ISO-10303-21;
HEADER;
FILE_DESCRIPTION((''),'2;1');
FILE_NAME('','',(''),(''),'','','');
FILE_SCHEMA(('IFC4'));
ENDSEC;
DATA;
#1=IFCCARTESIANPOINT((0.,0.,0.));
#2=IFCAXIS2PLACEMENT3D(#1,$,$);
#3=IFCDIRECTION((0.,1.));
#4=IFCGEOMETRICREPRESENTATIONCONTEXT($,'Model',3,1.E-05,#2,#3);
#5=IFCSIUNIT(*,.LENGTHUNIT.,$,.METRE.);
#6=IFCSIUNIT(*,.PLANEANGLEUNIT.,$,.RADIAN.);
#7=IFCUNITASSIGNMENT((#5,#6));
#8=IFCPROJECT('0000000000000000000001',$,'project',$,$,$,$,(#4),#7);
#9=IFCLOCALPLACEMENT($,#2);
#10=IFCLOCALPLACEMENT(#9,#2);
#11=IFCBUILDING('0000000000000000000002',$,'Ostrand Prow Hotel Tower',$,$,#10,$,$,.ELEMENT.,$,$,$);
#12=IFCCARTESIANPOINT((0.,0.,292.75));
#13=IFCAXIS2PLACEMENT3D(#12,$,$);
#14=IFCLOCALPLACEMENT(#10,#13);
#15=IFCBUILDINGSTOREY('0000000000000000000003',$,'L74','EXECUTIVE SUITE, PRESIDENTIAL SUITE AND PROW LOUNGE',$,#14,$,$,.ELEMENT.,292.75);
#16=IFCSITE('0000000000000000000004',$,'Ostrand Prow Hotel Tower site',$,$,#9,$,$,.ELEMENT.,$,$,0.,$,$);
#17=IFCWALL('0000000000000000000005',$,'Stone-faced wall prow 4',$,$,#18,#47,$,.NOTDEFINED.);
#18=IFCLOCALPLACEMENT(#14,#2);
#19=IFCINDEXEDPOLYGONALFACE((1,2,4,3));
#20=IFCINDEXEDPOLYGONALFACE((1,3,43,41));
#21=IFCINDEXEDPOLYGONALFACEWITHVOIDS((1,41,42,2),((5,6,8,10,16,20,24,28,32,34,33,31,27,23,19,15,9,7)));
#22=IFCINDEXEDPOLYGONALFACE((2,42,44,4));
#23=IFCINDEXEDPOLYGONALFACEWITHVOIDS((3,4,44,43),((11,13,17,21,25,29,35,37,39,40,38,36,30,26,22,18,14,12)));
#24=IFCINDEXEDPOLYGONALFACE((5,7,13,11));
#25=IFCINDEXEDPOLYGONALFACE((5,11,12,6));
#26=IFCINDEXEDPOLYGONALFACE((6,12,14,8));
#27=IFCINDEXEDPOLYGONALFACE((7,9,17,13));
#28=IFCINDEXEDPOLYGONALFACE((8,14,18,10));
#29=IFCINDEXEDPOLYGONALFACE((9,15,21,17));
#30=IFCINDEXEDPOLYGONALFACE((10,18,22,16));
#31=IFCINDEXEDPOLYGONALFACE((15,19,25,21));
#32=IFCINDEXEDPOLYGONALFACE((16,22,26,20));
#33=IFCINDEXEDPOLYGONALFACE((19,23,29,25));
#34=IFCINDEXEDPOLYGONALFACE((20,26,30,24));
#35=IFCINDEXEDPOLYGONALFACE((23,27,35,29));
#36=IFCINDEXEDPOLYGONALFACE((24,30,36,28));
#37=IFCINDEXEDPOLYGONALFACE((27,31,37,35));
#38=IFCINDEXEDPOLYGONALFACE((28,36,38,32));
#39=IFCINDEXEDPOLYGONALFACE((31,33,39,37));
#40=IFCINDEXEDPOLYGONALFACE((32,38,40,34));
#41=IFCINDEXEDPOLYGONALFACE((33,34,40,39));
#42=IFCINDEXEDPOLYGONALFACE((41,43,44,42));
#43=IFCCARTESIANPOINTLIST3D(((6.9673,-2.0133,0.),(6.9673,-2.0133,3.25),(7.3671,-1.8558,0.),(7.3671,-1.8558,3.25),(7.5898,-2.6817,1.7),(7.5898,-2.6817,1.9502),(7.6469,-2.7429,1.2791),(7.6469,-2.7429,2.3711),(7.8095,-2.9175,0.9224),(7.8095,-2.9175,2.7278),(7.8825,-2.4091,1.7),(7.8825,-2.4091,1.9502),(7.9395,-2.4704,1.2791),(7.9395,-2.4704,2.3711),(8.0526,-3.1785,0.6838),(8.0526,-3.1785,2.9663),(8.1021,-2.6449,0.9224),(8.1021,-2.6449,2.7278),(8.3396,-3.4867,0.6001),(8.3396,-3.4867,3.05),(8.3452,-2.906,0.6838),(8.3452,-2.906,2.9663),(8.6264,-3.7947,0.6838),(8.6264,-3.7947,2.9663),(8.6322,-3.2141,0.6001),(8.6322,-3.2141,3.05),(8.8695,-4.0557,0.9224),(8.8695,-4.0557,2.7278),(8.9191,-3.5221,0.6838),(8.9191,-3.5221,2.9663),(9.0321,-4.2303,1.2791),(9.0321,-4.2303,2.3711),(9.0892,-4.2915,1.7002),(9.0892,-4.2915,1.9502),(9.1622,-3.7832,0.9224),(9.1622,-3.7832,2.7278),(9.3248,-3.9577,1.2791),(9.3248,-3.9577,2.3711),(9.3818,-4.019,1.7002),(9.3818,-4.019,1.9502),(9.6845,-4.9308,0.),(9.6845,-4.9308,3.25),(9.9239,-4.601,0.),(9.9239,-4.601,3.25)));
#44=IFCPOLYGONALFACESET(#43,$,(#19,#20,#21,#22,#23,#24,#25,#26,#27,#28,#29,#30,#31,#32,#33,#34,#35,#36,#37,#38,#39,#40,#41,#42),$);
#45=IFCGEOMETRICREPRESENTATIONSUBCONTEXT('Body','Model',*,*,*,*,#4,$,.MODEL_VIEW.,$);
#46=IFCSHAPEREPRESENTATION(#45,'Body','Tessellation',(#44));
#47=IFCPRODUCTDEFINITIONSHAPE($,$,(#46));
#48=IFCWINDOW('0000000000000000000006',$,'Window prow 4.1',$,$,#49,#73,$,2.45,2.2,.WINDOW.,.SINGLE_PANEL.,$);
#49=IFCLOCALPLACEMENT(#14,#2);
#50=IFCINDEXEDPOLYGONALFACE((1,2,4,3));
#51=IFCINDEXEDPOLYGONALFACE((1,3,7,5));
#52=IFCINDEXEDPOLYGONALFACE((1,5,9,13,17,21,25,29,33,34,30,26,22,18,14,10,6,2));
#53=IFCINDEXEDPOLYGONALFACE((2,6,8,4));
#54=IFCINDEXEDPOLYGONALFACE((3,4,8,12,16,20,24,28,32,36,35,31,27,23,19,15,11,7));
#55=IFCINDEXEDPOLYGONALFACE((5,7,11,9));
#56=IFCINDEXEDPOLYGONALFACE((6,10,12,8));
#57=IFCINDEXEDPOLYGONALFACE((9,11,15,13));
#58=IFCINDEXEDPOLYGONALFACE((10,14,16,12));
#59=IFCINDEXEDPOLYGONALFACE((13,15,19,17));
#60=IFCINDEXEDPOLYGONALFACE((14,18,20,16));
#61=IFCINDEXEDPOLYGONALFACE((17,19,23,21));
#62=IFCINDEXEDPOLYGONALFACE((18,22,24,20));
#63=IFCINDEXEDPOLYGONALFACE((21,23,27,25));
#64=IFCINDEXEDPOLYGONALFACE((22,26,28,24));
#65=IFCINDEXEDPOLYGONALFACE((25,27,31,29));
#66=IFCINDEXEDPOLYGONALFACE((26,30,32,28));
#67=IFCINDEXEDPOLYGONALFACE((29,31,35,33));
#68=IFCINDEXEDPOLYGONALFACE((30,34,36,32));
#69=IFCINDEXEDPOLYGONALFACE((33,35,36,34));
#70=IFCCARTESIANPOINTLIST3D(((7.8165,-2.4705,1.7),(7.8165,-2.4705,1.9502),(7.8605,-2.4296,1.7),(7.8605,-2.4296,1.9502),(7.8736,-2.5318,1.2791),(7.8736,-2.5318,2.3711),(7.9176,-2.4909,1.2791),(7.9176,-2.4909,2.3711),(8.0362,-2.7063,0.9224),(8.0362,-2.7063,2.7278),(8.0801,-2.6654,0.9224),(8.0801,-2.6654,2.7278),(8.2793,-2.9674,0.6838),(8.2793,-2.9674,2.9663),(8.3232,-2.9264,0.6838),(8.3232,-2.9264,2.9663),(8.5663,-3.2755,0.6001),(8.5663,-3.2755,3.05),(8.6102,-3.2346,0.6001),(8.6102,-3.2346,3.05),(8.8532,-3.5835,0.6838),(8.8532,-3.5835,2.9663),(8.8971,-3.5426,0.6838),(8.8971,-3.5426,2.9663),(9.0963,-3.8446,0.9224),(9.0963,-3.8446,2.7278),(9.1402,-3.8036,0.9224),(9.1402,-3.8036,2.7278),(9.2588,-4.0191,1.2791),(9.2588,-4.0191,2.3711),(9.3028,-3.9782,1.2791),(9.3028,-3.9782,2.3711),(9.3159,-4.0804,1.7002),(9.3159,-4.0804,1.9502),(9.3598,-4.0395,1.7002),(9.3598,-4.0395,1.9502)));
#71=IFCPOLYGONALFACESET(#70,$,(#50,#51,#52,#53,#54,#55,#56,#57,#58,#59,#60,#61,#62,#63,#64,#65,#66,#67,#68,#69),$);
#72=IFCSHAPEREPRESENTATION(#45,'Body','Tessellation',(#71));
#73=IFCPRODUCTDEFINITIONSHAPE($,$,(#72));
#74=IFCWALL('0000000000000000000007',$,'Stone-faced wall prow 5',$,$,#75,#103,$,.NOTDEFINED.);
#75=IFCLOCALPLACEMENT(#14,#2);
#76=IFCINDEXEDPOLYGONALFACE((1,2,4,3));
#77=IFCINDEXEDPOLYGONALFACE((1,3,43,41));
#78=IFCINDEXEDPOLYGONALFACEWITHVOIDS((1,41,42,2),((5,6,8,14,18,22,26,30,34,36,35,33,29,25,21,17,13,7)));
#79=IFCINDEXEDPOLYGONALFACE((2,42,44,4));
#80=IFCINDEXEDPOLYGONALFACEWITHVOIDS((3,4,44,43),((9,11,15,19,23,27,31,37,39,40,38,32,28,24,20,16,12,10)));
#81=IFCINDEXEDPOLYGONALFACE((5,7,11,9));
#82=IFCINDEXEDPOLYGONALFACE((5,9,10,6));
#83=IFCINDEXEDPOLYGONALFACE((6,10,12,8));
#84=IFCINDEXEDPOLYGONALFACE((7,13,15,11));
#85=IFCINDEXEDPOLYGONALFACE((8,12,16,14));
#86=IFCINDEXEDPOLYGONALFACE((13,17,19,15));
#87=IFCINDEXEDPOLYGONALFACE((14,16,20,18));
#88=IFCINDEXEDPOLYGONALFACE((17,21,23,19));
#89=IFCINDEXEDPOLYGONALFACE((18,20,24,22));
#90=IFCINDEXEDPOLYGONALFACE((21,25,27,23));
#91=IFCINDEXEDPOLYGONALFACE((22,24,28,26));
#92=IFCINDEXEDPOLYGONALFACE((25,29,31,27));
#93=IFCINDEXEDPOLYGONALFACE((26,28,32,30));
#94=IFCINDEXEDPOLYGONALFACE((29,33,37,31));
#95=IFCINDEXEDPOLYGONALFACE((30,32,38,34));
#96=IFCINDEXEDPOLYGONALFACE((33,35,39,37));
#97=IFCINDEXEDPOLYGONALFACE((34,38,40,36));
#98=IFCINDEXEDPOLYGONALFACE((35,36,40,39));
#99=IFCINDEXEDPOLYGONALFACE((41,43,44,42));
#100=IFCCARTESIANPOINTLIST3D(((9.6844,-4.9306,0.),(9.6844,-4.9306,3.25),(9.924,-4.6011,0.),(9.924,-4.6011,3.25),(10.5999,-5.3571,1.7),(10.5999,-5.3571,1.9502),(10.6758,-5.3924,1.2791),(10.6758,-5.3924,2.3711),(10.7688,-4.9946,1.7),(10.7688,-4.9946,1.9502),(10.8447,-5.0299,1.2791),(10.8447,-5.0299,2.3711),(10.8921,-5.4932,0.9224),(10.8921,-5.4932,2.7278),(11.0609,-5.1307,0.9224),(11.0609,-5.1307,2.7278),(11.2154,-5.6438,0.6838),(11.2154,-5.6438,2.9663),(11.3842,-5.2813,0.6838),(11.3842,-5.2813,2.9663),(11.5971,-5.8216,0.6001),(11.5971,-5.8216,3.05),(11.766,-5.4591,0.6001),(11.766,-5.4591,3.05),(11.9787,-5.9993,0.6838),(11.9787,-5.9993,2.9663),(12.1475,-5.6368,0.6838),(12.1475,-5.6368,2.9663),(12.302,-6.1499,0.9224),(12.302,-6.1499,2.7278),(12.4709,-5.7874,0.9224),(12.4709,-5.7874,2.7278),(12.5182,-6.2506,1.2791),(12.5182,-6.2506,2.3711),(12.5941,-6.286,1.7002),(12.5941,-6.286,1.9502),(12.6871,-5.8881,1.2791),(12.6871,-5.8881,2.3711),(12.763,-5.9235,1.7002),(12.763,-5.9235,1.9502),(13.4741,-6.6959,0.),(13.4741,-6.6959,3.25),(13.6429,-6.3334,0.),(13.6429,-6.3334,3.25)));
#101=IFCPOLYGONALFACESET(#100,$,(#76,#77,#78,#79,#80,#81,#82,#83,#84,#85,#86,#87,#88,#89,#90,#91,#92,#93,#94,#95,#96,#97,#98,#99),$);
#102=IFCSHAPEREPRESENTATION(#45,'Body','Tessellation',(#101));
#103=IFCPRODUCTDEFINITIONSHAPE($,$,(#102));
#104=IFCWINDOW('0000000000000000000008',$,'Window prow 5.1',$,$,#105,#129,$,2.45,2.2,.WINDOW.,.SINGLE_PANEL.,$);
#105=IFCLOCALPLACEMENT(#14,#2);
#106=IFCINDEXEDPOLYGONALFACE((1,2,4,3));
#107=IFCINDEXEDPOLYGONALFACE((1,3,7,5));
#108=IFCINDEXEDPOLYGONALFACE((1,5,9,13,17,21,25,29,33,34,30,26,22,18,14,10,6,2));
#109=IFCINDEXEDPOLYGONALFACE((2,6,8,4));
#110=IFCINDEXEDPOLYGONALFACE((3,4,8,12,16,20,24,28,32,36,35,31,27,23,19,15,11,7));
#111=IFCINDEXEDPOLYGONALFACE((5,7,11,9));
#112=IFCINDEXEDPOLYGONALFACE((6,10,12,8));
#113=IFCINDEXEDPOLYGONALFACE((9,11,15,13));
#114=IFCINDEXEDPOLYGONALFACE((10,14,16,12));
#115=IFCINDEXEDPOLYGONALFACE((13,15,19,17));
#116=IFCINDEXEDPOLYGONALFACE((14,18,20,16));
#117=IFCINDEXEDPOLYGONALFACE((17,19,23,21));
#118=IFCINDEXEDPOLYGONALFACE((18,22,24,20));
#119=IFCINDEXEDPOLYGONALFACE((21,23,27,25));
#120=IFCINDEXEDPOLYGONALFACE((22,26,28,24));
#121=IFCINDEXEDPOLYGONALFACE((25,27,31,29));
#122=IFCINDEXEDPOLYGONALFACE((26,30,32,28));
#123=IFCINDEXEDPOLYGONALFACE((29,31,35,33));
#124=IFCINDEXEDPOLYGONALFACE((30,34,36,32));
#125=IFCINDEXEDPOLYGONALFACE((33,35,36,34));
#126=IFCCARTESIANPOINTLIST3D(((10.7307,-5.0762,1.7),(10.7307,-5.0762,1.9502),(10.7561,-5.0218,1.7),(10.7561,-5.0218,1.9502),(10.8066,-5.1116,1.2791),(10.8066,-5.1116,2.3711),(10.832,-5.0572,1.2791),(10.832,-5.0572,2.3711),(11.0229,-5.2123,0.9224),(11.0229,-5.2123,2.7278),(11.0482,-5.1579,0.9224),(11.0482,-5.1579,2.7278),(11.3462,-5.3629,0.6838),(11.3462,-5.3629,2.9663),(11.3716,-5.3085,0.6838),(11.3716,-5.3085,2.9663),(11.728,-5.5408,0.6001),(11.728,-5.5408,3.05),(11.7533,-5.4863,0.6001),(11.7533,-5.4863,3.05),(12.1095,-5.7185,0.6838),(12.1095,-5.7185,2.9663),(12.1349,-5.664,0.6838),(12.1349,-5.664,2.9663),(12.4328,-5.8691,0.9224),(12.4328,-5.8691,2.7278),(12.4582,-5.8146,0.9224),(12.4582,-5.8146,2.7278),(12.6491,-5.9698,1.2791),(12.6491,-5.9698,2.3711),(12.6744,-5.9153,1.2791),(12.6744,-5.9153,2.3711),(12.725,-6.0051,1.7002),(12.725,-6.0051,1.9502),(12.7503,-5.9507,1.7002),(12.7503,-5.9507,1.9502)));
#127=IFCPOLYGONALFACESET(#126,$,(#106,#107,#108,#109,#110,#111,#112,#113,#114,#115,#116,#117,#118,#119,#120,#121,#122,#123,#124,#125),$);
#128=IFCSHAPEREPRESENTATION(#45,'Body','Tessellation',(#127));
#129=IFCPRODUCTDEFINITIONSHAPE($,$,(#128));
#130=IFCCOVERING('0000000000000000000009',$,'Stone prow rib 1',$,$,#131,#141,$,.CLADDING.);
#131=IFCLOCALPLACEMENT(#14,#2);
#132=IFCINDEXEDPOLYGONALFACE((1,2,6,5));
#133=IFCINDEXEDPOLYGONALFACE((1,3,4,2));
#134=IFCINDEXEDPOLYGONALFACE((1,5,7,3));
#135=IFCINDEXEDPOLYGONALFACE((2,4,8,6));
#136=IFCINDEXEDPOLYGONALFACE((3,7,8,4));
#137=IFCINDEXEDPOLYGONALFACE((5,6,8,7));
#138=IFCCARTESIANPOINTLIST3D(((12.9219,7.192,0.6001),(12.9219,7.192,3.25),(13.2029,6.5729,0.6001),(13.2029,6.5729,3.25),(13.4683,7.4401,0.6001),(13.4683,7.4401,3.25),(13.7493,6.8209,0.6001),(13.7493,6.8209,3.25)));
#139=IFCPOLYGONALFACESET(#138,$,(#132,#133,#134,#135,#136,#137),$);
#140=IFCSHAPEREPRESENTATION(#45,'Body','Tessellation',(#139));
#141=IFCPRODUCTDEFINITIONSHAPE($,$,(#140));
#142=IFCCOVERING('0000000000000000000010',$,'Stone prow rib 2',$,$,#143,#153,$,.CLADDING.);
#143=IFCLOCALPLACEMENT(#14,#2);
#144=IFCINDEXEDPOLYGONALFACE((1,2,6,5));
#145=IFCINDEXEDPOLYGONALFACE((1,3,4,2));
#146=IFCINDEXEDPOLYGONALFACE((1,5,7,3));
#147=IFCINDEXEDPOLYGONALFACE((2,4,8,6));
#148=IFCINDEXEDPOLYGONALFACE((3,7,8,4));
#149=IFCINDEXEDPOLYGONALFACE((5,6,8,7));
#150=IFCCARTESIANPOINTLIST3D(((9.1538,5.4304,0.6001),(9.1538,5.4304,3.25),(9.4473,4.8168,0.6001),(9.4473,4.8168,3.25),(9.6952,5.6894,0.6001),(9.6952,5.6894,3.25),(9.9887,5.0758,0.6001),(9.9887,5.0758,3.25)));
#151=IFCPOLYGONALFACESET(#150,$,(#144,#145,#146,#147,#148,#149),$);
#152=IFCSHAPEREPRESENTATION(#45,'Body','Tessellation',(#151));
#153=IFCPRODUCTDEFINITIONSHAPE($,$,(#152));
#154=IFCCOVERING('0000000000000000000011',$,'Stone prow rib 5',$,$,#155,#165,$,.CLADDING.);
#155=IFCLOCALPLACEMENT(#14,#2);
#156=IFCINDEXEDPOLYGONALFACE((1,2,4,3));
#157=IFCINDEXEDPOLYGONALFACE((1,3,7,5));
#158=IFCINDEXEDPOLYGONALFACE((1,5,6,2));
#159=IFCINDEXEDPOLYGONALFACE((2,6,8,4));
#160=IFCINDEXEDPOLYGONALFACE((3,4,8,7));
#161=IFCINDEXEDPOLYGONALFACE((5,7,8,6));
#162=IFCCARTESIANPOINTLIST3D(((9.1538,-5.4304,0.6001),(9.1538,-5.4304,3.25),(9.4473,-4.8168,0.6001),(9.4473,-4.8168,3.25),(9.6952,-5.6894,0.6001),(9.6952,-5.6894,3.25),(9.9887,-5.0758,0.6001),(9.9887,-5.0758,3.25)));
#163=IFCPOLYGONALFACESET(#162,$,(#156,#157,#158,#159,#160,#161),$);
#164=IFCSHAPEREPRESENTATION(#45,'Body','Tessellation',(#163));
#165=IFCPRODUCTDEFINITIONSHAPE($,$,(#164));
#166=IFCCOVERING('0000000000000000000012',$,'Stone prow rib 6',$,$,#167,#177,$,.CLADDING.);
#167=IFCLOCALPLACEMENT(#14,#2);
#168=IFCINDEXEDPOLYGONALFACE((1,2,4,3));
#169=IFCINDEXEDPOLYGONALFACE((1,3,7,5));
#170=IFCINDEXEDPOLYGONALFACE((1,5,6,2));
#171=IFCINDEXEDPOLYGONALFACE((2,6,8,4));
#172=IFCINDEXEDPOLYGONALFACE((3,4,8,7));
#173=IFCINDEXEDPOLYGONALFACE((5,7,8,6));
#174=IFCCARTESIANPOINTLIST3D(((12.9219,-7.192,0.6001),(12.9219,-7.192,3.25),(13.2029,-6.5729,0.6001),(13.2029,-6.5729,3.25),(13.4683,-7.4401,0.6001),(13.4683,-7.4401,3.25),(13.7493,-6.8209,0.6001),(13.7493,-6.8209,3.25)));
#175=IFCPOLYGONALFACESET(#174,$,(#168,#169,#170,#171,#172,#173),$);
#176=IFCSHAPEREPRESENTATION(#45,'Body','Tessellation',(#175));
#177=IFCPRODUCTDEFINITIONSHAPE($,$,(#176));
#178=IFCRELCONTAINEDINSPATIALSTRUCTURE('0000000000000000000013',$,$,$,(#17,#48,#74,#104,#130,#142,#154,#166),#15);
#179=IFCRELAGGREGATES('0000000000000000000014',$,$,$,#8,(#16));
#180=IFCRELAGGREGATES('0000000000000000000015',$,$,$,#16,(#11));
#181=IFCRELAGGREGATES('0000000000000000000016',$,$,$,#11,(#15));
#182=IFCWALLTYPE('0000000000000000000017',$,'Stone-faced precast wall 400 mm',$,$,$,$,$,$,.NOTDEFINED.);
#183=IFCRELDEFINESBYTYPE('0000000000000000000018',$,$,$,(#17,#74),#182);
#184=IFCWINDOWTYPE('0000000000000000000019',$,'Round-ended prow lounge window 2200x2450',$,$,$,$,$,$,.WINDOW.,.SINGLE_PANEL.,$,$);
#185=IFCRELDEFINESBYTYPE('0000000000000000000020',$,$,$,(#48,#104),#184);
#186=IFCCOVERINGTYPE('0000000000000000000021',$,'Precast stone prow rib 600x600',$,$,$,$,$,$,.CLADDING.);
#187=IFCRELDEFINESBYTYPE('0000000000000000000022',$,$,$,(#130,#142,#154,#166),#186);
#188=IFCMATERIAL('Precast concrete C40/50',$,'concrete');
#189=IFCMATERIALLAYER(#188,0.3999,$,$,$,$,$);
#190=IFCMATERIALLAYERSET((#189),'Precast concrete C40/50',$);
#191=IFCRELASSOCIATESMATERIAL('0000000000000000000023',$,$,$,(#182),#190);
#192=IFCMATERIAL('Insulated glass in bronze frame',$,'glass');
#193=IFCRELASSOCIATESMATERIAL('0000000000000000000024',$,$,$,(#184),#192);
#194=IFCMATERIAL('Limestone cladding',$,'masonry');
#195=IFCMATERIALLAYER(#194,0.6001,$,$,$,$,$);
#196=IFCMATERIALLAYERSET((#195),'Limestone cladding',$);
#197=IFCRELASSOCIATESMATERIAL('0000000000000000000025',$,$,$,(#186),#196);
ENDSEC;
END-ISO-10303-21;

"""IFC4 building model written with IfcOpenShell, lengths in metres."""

from ifc_helpers import new_model, si_unit, direction, frame, frame_2d, origin, place, context, subcontext, project, spatial, polyline, rectangle, outline, extrude, material, layer, layer_set, type_object, element, fill, save


model = new_model("IFC4")

# Units and contexts
model_context = context("Model", 3, precision=1e-05, world=origin(), true_north=direction((0.0, 1.0)))
body_context = subcontext(model_context, "Body", "Model", "MODEL_VIEW")
ifc_project = project(units=[si_unit("LENGTHUNIT", "METRE"), si_unit("PLANEANGLEUNIT", "RADIAN")], contexts=[model_context])

# Site, building, storey
site_placement = place(None, origin())
site = spatial("IfcSite", under=ifc_project, at=site_placement, Name="Ostrand Prow Hotel Tower site", CompositionType="ELEMENT", RefElevation=0.0)
building_placement = place(site_placement, origin())
building = spatial("IfcBuilding", under=site, at=building_placement, Name="Ostrand Prow Hotel Tower", CompositionType="ELEMENT")
storey_placement = place(building_placement, frame((0.0, 0.0, 292.75)))
storey = spatial("IfcBuildingStorey", under=building, at=storey_placement, Name="L74", Description="EXECUTIVE SUITE, PRESIDENTIAL SUITE AND PROW LOUNGE", CompositionType="ELEMENT", Elevation=292.75)

# Walls, openings, windows
ifc_material_1 = material(Name="Precast concrete C40/50", Category="concrete")
ifc_layer_1 = layer(ifc_material_1, 0.3999)
ifc_layer_set_1 = layer_set([ifc_layer_1], Name="Precast concrete C40/50")
wall_type_1 = type_object("IfcWallType", Name="Stone-faced precast wall 400 mm", PredefinedType="NOTDEFINED", material=ifc_layer_set_1)
ifc_material_2 = material(Name="Insulated glass in bronze frame", Category="glass")
window_type = type_object("IfcWindowType", Name="Round-ended prow lounge window 2200x2450", PartitioningType="SINGLE_PANEL", PredefinedType="WINDOW", material=ifc_material_2)
wall_1_placement = place(storey_placement, frame((7.1672, -1.9346, 0.0), z_axis=(0.0, 0.0, 1.0), x_axis=(0.681547, -0.731775, 0.0)))
wall_1 = element("IfcWall", 1, at=wall_1_placement, inside=storey, type_object=wall_type_1, Name="Stone-faced wall prow 4", PredefinedType="NOTDEFINED", context=body_context, shape_type="SweptSolid", body=[
    extrude(outline(polyline([(-0.0786, -0.2), (3.9082, -0.2), (3.8301, 0.2), (0.0786, 0.2), (-0.0786, -0.2)])), origin(), (0.0, 0.0, 1.0), 3.25),
])
opening_1_placement = place(wall_1_placement, frame((0.8347, 0.0, 0.6001)))
opening_1 = element("IfcOpeningElement", 2, at=opening_1_placement, cuts=wall_1, PredefinedType="OPENING", context=body_context, shape_type="SweptSolid", body=[
    extrude(outline(polyline([(0.0, 1.3501), (0.0837, 1.771), (0.3223, 2.1277), (0.679, 2.3662), (1.1001, 2.45), (1.521, 2.3662), (1.8777, 2.1277), (2.1162, 1.771), (2.2, 1.3501), (2.2, 1.1001), (2.1162, 0.679), (1.8777, 0.3223), (1.521, 0.0837), (1.1001, 0.0), (0.679, 0.0837), (0.3223, 0.3223), (0.0837, 0.679), (0.0, 1.0999), (0.0, 1.3501)])), frame((0.0, 0.21, 0.0), z_axis=(0.0, -1.0, 0.0), x_axis=(1.0, 0.0, 0.0)), (0.0, 0.0, 1.0), 0.4199),
])
window_1_placement = place(opening_1_placement, origin())
window_1 = element("IfcWindow", 3, at=window_1_placement, inside=storey, type_object=window_type, Name="Window prow 4.1", OverallHeight=2.45, OverallWidth=2.2, PartitioningType="SINGLE_PANEL", PredefinedType="WINDOW", context=body_context, shape_type="SweptSolid", body=[
    extrude(outline(polyline([(0.0, 1.3501), (0.0837, 1.771), (0.3223, 2.1277), (0.679, 2.3662), (1.1001, 2.45), (1.521, 2.3662), (1.8777, 2.1277), (2.1162, 1.771), (2.2, 1.3501), (2.2, 1.1001), (2.1162, 0.679), (1.8777, 0.3223), (1.521, 0.0837), (1.1001, 0.0), (0.679, 0.0837), (0.3223, 0.3223), (0.0837, 0.679), (0.0, 1.0999), (0.0, 1.3501)])), frame((0.0, 0.1699, 0.0), z_axis=(0.0, -1.0, 0.0), x_axis=(1.0, 0.0, 0.0)), (0.0, 0.0, 1.0), 0.0601),
])
fill(opening_1, window_1)
wall_2_placement = place(storey_placement, frame((9.8042, -4.7659, 0.0), z_axis=(0.0, 0.0, 1.0), x_axis=(0.906486, -0.422237, 0.0)))
wall_2 = element("IfcWall", 4, at=wall_2_placement, inside=storey, type_object=wall_type_1, Name="Stone-faced wall prow 5", PredefinedType="NOTDEFINED", context=body_context, shape_type="SweptSolid", body=[
    extrude(outline(polyline([(-0.0391, -0.2), (4.1416, -0.2), (4.1416, 0.2), (0.0391, 0.2), (-0.0391, -0.2)])), origin(), (0.0, 0.0, 1.0), 3.25),
])
opening_2_placement = place(wall_2_placement, frame((0.9709, 0.0, 0.6001)))
opening_2 = element("IfcOpeningElement", 5, at=opening_2_placement, cuts=wall_2, PredefinedType="OPENING", context=body_context, shape_type="SweptSolid", body=[
    extrude(outline(polyline([(0.0, 1.3501), (0.0837, 1.771), (0.3223, 2.1277), (0.679, 2.3662), (1.1001, 2.45), (1.521, 2.3662), (1.8777, 2.1277), (2.1162, 1.771), (2.2, 1.3501), (2.2, 1.1001), (2.1162, 0.679), (1.8777, 0.3223), (1.521, 0.0837), (1.1001, 0.0), (0.679, 0.0837), (0.3223, 0.3223), (0.0837, 0.679), (0.0, 1.0999), (0.0, 1.3501)])), frame((0.0, 0.21, 0.0), z_axis=(0.0, -1.0, 0.0), x_axis=(1.0, 0.0, 0.0)), (0.0, 0.0, 1.0), 0.4199),
])
window_2_placement = place(opening_2_placement, origin())
window_2 = element("IfcWindow", 6, at=window_2_placement, inside=storey, type_object=window_type, Name="Window prow 5.1", OverallHeight=2.45, OverallWidth=2.2, PartitioningType="SINGLE_PANEL", PredefinedType="WINDOW", context=body_context, shape_type="SweptSolid", body=[
    extrude(outline(polyline([(0.0, 1.3501), (0.0837, 1.771), (0.3223, 2.1277), (0.679, 2.3662), (1.1001, 2.45), (1.521, 2.3662), (1.8777, 2.1277), (2.1162, 1.771), (2.2, 1.3501), (2.2, 1.1001), (2.1162, 0.679), (1.8777, 0.3223), (1.521, 0.0837), (1.1001, 0.0), (0.679, 0.0837), (0.3223, 0.3223), (0.0837, 0.679), (0.0, 1.0999), (0.0, 1.3501)])), frame((0.0, 0.1699, 0.0), z_axis=(0.0, -1.0, 0.0), x_axis=(1.0, 0.0, 0.0)), (0.0, 0.0, 1.0), 0.0601),
])
fill(opening_2, window_2)

# Coverings
ifc_material_3 = material(Name="Limestone cladding", Category="masonry")
ifc_layer_2 = layer(ifc_material_3, 0.6001)
ifc_layer_set_2 = layer_set([ifc_layer_2], Name="Limestone cladding")
covering_type = type_object("IfcCoveringType", Name="Precast stone prow rib 600x600", PredefinedType="CLADDING", material=ifc_layer_set_2)
covering_1_placement = place(storey_placement, frame((13.4761, 6.697, 0.6001), z_axis=(0.0, 0.0, 1.0), x_axis=(-0.413289, 0.9106, 0.0)))
element("IfcCovering", 7, at=covering_1_placement, inside=storey, type_object=covering_type, Name="Stone prow rib 1", PredefinedType="CLADDING", context=body_context, shape_type="SweptSolid", body=[
    extrude(rectangle(XDim=0.6799, YDim=0.6001, at=frame_2d((0.3398, 0.0))), origin(), (0.0, 0.0, 1.0), 2.6499),
])
for number, where, z_axis, x_axis, name in (
    (8, (9.718, 4.9463, 0.6001), (0.0, 0.0, 1.0), (-0.431494, 0.902116, 0.0), "Stone prow rib 2"),
    (9, (9.718, -4.9463, 0.6001), (0.0, 0.0, 1.0), (-0.431494, -0.902116, 0.0), "Stone prow rib 5"),
):
    element("IfcCovering", number, at=place(storey_placement, frame(where, z_axis=z_axis, x_axis=x_axis)), inside=storey, type_object=covering_type, Name=name, PredefinedType="CLADDING", context=body_context, shape_type="SweptSolid", body=[
        extrude(rectangle(XDim=0.6802, YDim=0.6001, at=frame_2d((0.3401, 0.0))), origin(), (0.0, 0.0, 1.0), 2.6499),
    ])
covering_2_placement = place(storey_placement, frame((13.4761, -6.697, 0.6001), z_axis=(0.0, 0.0, 1.0), x_axis=(-0.413289, -0.9106, 0.0)))
element("IfcCovering", 10, at=covering_2_placement, inside=storey, type_object=covering_type, Name="Stone prow rib 6", PredefinedType="CLADDING", context=body_context, shape_type="SweptSolid", body=[
    extrude(rectangle(XDim=0.6799, YDim=0.6001, at=frame_2d((0.3398, 0.0))), origin(), (0.0, 0.0, 1.0), 2.6499),
])

save(model, "model.ifc")
